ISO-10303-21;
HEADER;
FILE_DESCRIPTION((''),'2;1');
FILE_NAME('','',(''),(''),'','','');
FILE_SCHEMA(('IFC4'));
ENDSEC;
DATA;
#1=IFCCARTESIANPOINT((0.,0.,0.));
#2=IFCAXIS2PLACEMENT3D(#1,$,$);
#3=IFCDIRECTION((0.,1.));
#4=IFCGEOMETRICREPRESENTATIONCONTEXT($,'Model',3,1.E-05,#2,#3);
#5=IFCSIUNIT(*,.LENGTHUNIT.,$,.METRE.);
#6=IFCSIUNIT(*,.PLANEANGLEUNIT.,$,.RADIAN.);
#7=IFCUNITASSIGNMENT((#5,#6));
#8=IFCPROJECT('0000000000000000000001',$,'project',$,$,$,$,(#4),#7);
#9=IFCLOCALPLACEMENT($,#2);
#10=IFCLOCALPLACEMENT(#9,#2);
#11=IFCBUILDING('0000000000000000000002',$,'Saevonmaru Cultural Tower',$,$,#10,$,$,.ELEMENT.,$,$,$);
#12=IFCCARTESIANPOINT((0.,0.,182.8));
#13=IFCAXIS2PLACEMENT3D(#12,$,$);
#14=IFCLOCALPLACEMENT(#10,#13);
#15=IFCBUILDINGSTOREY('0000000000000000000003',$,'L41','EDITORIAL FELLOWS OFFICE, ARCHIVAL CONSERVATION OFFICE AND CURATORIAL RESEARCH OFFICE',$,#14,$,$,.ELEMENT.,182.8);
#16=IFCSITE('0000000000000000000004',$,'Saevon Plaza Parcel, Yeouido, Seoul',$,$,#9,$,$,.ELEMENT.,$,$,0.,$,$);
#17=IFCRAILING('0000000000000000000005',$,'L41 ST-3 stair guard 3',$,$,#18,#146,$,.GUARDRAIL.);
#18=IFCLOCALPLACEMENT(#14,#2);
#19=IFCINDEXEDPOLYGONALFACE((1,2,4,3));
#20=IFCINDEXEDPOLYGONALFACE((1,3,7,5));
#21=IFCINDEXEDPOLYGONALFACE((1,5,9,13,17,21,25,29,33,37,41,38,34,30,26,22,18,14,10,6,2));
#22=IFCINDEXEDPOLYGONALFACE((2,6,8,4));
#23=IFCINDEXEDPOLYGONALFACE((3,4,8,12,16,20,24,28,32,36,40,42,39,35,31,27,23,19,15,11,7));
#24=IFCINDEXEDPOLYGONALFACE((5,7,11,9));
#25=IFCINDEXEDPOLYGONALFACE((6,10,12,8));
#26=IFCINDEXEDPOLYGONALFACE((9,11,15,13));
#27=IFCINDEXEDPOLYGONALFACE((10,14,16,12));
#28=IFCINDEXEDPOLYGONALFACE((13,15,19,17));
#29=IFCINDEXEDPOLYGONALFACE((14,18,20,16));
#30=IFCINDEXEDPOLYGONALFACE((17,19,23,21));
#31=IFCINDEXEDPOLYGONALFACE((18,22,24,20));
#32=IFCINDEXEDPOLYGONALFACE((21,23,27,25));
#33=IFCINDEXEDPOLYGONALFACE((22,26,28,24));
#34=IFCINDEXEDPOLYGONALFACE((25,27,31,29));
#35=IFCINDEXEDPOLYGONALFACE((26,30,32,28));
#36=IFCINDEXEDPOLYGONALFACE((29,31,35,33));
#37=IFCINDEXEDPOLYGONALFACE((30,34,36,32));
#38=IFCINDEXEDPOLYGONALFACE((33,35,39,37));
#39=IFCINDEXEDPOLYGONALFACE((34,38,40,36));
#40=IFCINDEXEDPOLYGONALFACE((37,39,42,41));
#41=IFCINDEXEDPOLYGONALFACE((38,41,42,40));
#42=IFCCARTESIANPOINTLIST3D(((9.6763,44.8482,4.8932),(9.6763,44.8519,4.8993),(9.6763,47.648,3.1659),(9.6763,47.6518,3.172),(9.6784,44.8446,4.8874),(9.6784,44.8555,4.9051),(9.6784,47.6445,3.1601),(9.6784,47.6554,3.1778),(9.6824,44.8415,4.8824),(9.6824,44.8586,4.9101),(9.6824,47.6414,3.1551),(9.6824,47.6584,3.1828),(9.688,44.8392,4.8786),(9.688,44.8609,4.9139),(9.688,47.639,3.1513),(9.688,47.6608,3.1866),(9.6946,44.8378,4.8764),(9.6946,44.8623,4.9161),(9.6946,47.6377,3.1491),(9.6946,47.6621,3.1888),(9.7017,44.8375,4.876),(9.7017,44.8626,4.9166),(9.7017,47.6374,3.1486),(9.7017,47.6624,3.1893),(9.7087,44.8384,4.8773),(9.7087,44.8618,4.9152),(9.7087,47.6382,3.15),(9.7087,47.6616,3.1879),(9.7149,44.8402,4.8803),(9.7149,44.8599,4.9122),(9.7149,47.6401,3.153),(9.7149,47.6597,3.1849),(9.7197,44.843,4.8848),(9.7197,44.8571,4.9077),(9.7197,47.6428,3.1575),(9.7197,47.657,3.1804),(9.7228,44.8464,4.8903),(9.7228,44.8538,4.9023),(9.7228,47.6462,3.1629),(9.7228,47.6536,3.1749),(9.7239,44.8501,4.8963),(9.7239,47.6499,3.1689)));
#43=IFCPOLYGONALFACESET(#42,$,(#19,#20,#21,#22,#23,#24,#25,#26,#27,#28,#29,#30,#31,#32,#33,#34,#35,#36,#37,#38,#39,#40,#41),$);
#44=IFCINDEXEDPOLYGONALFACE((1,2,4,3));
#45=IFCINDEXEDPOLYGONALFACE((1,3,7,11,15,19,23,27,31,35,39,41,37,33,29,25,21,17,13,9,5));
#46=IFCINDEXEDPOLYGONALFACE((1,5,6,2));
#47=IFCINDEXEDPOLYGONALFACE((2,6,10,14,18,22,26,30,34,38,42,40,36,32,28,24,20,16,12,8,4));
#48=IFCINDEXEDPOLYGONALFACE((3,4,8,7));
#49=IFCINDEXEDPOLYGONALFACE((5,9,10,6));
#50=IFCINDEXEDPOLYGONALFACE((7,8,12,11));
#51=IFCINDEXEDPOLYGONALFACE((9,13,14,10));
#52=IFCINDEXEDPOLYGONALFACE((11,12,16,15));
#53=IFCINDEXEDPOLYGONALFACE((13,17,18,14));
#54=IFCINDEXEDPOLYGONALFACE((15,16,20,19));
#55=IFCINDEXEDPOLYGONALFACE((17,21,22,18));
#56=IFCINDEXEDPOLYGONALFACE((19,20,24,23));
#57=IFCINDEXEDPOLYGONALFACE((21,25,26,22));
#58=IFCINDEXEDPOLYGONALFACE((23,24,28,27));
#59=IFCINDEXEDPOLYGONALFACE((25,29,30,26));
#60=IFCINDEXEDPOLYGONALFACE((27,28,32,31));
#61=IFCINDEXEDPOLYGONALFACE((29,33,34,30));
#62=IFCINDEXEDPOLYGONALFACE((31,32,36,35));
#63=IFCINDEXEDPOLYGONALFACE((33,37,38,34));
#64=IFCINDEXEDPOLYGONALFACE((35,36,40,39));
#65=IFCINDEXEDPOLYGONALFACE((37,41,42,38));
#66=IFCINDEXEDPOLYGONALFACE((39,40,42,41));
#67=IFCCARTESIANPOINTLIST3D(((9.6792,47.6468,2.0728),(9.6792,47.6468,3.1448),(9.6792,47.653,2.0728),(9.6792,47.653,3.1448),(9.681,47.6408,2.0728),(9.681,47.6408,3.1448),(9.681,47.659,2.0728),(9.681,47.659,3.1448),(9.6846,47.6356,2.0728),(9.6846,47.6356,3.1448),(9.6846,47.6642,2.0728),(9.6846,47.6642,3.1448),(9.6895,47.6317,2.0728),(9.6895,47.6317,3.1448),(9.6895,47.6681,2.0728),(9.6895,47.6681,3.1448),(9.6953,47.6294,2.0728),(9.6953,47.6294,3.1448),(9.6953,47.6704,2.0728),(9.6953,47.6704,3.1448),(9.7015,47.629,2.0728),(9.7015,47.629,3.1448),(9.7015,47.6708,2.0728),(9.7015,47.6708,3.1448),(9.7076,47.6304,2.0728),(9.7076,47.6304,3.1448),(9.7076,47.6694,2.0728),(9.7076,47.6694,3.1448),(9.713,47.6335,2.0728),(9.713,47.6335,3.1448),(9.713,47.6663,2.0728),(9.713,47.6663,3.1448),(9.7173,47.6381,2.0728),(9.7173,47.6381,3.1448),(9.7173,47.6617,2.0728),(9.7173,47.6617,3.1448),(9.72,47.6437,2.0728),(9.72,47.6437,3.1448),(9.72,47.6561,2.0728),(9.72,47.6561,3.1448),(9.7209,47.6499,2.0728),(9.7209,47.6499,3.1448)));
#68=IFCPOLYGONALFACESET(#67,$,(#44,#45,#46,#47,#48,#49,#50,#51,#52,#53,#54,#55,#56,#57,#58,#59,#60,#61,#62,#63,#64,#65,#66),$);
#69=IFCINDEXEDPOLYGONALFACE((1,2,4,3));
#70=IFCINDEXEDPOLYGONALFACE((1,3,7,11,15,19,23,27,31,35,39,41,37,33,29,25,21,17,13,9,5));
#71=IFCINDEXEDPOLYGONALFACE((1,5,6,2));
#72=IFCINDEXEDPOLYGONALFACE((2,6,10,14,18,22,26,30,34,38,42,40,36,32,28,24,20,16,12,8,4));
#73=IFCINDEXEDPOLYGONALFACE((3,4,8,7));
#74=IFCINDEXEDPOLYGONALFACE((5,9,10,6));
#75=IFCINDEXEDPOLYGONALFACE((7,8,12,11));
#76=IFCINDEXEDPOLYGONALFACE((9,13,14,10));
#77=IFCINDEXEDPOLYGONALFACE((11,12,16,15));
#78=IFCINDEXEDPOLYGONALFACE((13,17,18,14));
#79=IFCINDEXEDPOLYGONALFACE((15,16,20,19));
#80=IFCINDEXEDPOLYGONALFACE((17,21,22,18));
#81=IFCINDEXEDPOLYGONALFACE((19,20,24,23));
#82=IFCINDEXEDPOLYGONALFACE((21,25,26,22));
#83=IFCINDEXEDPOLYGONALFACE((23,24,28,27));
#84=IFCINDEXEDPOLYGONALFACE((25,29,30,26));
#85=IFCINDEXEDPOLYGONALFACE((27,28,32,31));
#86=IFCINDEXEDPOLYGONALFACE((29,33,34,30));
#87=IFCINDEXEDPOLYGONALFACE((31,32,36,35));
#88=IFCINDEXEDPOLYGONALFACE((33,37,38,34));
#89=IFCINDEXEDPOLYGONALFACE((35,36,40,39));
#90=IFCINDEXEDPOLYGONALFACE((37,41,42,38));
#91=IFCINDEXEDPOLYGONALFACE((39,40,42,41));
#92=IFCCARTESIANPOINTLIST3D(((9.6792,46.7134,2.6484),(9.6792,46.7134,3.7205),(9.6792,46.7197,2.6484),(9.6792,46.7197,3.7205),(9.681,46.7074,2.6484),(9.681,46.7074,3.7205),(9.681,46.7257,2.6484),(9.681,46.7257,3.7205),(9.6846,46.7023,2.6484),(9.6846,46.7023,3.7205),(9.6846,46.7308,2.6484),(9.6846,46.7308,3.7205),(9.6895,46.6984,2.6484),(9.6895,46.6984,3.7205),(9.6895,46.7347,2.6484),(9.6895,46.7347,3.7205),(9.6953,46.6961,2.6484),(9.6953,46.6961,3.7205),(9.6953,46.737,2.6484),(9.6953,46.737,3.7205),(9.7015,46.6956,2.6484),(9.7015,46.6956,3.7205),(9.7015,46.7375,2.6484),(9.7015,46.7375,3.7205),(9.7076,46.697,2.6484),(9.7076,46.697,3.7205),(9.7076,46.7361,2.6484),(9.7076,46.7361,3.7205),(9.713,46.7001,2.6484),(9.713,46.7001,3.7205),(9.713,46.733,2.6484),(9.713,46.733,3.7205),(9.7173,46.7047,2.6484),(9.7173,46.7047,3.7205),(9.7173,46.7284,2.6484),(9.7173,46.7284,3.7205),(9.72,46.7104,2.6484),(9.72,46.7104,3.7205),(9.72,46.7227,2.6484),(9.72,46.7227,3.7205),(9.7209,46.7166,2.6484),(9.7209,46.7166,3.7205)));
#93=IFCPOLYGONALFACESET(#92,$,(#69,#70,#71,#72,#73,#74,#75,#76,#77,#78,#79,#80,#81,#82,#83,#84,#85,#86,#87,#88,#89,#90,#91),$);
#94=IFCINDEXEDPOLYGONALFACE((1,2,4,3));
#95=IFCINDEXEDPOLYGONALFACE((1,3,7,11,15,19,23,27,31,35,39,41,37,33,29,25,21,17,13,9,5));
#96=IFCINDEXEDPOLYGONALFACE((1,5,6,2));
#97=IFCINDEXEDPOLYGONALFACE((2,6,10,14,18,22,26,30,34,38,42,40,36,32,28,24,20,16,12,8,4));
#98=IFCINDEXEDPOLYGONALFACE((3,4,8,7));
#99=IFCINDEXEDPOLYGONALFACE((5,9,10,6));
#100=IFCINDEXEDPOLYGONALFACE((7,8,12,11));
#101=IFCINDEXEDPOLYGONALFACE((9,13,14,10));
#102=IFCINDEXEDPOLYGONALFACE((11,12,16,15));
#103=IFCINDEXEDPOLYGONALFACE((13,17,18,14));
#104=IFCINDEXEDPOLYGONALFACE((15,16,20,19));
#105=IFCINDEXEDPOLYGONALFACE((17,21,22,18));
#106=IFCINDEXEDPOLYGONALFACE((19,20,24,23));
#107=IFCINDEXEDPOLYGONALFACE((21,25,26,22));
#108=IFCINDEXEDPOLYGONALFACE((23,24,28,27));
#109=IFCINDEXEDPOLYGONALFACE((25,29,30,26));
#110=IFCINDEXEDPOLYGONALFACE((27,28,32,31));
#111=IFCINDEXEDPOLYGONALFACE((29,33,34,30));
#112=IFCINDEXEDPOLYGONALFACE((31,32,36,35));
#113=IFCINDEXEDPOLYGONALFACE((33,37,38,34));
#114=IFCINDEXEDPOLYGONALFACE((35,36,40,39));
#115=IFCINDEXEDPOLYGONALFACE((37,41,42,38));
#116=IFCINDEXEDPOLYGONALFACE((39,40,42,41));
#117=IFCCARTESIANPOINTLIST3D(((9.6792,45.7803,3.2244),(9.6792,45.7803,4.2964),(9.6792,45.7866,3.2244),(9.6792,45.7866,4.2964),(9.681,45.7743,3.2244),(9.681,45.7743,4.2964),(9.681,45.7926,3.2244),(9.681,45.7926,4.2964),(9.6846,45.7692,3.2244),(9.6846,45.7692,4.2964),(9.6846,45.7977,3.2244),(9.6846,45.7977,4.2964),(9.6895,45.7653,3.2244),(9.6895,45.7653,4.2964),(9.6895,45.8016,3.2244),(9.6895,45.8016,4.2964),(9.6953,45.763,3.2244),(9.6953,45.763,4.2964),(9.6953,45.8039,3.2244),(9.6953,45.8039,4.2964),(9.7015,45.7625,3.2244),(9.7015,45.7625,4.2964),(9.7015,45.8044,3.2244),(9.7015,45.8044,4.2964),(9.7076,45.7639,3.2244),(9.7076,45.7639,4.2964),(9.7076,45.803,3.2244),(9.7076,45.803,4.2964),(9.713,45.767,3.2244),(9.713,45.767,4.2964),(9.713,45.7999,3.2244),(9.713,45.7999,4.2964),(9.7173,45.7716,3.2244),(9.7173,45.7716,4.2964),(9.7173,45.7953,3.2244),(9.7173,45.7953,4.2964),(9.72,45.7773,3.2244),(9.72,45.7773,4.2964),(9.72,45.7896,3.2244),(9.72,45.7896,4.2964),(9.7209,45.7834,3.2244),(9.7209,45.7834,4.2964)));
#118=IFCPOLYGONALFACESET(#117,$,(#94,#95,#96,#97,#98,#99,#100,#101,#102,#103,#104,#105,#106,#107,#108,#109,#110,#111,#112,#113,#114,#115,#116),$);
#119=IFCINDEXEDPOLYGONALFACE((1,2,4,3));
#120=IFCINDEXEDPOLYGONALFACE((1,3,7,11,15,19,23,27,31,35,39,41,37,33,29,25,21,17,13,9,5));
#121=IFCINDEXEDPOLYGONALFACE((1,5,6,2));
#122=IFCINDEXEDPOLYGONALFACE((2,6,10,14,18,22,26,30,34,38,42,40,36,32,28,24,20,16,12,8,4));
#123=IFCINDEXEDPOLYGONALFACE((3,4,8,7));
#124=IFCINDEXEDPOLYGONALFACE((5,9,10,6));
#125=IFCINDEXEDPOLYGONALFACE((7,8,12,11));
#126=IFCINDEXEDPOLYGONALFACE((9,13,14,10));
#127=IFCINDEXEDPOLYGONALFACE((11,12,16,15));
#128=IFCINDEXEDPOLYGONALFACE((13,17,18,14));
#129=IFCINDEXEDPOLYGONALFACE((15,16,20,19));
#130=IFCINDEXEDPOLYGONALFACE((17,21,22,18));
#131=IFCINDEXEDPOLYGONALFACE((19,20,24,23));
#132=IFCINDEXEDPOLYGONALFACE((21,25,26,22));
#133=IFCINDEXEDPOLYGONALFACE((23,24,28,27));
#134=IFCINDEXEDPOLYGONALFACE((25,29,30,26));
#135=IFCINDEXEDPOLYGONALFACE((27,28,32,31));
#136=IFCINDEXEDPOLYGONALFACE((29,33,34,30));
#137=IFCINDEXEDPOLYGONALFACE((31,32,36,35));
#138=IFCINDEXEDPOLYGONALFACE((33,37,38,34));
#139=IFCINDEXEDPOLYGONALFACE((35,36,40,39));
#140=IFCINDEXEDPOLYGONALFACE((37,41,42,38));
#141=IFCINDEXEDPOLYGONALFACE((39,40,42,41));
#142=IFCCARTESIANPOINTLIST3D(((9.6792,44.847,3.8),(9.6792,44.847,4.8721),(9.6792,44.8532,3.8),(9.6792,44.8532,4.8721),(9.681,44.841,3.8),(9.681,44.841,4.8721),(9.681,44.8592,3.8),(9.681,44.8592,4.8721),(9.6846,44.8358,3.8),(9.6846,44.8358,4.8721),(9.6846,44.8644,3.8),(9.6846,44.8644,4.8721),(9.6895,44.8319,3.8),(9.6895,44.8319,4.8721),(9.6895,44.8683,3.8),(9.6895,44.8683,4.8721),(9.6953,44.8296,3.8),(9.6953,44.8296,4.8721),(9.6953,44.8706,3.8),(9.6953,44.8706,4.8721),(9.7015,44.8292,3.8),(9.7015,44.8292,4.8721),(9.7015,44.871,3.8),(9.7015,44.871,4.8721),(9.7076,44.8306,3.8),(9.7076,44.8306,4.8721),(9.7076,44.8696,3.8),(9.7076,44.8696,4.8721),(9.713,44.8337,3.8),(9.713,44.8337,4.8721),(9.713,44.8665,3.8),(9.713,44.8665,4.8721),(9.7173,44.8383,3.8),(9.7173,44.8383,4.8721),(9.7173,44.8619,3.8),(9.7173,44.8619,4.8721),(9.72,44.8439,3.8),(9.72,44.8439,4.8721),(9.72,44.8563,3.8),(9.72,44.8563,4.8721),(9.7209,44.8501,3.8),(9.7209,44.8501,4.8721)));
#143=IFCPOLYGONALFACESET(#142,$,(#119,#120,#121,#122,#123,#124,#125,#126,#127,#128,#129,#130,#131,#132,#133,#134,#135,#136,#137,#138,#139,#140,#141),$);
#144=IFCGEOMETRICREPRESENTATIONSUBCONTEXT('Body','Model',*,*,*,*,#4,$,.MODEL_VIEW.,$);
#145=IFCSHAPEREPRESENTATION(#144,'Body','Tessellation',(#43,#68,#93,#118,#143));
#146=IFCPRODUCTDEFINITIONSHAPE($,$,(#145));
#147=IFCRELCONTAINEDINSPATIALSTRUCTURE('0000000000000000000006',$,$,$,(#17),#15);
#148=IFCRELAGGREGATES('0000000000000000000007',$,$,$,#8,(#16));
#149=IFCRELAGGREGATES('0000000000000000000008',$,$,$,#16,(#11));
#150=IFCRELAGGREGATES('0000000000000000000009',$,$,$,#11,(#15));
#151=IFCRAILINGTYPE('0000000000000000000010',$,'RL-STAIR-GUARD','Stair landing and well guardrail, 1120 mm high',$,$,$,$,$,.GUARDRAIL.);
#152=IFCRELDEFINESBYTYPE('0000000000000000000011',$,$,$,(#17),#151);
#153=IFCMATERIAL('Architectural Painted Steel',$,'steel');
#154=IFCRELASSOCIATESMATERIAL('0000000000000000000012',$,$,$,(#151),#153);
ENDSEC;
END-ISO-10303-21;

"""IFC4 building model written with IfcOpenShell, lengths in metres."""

from ifc_helpers import new_model, si_unit, direction, frame, origin, origin_2d, place, context, subcontext, project, spatial, circle, extrude, material, type_object, element, save


model = new_model("IFC4")

# Units and contexts
model_context = context("Model", 3, precision=1e-05, world=origin(), true_north=direction((0.0, 1.0)))
body_context = subcontext(model_context, "Body", "Model", "MODEL_VIEW")
ifc_project = project(units=[si_unit("LENGTHUNIT", "METRE"), si_unit("PLANEANGLEUNIT", "RADIAN")], contexts=[model_context])

# Site, building, storey
site_placement = place(None, origin())
site = spatial("IfcSite", under=ifc_project, at=site_placement, Name="Saevon Plaza Parcel, Yeouido, Seoul", CompositionType="ELEMENT", RefElevation=0.0)
building_placement = place(site_placement, origin())
building = spatial("IfcBuilding", under=site, at=building_placement, Name="Saevonmaru Cultural Tower", CompositionType="ELEMENT")
storey_placement = place(building_placement, frame((0.0, 0.0, 182.8)))
storey = spatial("IfcBuildingStorey", under=building, at=storey_placement, Name="L41", Description="EDITORIAL FELLOWS OFFICE, ARCHIVAL CONSERVATION OFFICE AND CURATORIAL RESEARCH OFFICE", CompositionType="ELEMENT", Elevation=182.8)

# Railing
ifc_material_1 = material(Name="Architectural Painted Steel", Category="steel")
railing_type_1 = type_object("IfcRailingType", Name="RL-STAIR-GUARD", Description="Stair landing and well guardrail, 1120 mm high", PredefinedType="GUARDRAIL", material=ifc_material_1)
railing_1_placement = place(storey_placement, frame((9.7, 47.6499, 2.0728)))
element("IfcRailing", 1, at=railing_1_placement, inside=storey, type_object=railing_type_1, Name="L41 ST-3 stair guard 3", PredefinedType="GUARDRAIL", context=body_context, shape_type="SweptSolid", body=[
    extrude(circle(Radius=0.0239, at=origin_2d()), frame((0.0, 0.0, 1.0962), z_axis=(0.0, -0.851069, 0.525054), x_axis=(1.0, 0.0, 0.0)), (0.0, 0.0, 1.0), 3.2898),
    extrude(circle(Radius=0.021, at=origin_2d()), origin(), (0.0, 0.0, 1.0), 1.072),
    extrude(circle(Radius=0.021, at=origin_2d()), frame((0.0, -0.9333, 0.5757)), (0.0, 0.0, 1.0), 1.072),
    extrude(circle(Radius=0.021, at=origin_2d()), frame((0.0, -1.8665, 1.1516)), (0.0, 0.0, 1.0), 1.072),
    extrude(circle(Radius=0.021, at=origin_2d()), frame((0.0, -2.7998, 1.7273)), (0.0, 0.0, 1.0), 1.072),
])

save(model, "model.ifc")
